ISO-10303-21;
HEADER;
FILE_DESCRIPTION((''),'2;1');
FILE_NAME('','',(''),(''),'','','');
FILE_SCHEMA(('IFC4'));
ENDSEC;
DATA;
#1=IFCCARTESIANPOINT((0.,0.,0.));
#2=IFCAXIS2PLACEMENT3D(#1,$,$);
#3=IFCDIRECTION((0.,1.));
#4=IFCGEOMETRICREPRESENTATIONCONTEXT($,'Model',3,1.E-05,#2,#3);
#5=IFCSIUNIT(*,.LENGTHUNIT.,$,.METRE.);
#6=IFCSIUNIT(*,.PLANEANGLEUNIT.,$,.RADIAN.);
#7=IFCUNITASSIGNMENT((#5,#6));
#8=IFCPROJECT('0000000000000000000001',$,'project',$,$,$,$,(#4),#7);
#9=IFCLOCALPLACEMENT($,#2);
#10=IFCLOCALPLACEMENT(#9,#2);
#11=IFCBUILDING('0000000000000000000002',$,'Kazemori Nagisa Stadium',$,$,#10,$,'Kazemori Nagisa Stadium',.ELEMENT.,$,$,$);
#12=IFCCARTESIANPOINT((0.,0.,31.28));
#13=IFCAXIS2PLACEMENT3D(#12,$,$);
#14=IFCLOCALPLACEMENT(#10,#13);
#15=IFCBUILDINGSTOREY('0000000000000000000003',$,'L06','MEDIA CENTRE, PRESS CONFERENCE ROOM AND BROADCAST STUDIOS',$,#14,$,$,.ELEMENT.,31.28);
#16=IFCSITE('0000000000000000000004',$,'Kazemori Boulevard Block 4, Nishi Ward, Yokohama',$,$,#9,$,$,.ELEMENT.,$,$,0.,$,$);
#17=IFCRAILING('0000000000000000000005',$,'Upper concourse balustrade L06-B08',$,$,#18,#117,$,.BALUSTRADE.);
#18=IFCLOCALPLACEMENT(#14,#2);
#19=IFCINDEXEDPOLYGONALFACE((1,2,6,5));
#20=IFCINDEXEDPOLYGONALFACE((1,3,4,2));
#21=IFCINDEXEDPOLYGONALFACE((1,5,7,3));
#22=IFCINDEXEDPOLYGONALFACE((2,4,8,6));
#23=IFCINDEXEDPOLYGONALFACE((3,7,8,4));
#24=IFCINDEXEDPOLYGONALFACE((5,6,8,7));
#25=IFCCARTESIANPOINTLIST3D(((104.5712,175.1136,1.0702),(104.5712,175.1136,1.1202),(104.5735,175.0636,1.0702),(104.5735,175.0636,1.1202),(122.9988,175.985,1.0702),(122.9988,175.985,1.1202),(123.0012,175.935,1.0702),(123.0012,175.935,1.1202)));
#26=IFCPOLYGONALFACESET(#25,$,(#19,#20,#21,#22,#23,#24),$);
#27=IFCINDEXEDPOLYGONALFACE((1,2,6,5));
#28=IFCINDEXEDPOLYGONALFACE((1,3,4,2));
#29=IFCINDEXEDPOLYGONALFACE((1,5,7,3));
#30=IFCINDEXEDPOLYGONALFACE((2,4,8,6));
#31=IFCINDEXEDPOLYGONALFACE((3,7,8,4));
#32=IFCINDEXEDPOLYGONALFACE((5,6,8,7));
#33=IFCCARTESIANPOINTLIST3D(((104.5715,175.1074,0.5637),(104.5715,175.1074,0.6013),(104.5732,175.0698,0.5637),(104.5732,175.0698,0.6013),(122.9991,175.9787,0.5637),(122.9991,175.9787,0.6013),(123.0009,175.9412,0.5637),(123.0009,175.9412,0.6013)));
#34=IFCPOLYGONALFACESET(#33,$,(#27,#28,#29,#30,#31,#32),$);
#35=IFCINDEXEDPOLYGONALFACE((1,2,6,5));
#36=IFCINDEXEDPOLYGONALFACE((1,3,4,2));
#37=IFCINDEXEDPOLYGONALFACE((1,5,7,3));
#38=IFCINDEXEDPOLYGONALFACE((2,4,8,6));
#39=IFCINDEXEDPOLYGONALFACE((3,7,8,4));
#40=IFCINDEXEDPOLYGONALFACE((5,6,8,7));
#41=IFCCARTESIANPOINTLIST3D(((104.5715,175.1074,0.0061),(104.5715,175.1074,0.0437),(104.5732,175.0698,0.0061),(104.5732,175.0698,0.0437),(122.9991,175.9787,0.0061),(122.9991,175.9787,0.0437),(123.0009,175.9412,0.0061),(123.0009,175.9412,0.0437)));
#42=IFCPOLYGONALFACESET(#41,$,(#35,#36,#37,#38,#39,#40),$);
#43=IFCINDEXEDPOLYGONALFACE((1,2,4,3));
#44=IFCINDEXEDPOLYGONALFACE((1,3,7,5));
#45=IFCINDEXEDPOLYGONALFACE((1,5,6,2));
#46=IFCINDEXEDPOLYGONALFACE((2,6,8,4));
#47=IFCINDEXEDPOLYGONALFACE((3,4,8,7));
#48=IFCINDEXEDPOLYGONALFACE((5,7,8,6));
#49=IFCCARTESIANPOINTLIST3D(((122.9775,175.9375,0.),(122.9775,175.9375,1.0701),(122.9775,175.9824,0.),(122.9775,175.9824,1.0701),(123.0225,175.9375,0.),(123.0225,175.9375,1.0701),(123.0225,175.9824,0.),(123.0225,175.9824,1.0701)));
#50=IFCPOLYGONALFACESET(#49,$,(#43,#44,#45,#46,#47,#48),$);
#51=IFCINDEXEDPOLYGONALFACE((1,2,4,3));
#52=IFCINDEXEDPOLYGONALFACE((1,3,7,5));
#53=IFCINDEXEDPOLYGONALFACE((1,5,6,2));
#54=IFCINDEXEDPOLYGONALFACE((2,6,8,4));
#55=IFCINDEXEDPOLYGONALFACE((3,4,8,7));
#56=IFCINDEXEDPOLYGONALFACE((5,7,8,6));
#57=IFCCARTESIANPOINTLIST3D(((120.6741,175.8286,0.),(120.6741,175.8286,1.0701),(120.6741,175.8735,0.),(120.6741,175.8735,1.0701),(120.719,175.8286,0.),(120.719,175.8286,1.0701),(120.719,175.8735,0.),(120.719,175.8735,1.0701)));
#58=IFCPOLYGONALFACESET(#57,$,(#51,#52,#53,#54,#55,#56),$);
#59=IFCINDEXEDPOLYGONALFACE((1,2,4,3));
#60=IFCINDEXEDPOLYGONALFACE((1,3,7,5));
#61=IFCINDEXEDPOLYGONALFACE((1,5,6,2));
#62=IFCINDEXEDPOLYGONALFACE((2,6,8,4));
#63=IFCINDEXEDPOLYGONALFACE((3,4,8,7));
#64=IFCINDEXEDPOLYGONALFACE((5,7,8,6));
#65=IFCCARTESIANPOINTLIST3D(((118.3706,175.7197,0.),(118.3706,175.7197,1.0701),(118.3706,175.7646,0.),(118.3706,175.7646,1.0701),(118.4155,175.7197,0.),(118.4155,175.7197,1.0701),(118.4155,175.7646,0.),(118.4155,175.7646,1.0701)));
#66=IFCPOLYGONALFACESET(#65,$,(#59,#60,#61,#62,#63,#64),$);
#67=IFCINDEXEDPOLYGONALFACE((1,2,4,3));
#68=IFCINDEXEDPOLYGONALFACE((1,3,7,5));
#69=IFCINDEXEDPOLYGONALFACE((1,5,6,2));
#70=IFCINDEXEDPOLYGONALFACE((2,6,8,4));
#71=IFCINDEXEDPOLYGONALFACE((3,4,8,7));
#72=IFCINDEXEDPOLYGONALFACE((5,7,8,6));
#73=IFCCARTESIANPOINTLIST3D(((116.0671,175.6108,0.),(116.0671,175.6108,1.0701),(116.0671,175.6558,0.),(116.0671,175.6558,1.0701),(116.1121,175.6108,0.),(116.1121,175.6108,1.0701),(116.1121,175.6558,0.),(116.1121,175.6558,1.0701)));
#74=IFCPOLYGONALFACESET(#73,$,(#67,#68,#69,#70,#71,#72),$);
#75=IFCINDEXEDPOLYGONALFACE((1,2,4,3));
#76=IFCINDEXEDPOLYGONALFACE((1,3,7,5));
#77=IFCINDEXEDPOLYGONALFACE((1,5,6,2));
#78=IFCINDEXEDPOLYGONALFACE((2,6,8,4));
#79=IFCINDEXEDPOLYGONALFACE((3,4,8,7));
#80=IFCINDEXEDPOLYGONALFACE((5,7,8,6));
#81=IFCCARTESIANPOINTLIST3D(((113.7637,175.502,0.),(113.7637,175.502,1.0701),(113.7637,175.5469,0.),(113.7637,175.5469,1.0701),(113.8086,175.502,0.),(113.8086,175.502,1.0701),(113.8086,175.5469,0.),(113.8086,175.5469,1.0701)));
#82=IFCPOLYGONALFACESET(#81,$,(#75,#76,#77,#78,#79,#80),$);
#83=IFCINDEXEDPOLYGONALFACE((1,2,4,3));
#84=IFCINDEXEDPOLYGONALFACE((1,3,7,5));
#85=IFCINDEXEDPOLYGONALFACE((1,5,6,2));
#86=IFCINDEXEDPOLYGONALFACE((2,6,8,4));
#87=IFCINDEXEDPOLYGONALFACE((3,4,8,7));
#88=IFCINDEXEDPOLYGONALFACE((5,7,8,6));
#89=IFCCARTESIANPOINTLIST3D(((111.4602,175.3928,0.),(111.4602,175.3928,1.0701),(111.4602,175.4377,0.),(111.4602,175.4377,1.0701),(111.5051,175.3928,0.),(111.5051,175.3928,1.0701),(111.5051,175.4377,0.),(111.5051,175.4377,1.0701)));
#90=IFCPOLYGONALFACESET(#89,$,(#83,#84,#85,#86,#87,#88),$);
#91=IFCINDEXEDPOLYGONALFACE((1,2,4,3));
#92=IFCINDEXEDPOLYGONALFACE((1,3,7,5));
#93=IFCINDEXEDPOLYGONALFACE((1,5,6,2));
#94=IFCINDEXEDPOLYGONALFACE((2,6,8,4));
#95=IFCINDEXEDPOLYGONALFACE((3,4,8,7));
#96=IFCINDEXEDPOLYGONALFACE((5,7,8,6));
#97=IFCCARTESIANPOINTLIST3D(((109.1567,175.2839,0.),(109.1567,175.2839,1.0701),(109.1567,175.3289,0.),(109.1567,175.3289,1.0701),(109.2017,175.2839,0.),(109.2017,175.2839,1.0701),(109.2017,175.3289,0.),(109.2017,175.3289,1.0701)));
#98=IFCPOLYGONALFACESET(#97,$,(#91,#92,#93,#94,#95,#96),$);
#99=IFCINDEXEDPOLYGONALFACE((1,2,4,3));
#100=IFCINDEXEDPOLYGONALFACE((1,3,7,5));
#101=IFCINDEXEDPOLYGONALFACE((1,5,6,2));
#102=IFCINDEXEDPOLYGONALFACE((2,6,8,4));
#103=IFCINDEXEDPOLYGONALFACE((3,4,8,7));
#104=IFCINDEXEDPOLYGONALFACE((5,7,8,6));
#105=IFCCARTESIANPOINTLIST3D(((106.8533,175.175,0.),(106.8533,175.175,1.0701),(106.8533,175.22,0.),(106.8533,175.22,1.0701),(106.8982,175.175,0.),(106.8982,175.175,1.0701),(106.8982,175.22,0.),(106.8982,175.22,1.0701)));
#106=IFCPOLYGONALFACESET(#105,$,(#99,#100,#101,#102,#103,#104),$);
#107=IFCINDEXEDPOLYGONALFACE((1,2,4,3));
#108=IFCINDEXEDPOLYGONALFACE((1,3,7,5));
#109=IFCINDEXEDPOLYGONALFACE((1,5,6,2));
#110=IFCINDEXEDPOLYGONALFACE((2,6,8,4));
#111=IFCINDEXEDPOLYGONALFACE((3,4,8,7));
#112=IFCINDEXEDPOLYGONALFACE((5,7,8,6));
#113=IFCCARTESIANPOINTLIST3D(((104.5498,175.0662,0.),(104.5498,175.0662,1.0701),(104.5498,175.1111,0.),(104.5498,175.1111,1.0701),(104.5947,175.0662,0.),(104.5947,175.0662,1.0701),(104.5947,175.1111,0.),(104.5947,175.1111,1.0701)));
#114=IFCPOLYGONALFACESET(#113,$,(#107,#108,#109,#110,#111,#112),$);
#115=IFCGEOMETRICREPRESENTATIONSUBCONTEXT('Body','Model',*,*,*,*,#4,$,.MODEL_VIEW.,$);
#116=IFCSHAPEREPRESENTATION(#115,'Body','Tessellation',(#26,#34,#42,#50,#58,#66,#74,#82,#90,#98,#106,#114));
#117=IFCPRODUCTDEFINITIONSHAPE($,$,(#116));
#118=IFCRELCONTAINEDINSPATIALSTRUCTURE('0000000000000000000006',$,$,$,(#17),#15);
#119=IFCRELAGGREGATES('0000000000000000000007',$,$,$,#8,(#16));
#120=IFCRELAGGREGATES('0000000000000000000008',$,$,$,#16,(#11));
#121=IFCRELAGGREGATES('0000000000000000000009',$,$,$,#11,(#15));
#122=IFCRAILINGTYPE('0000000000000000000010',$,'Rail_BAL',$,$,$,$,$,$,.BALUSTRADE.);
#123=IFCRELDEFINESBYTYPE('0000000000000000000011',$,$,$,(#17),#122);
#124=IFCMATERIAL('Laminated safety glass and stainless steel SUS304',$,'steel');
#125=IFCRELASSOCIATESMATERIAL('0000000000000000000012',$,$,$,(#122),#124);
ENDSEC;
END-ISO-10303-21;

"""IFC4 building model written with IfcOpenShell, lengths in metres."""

from ifc_helpers import new_model, si_unit, direction, frame, origin, origin_2d, place, context, subcontext, project, spatial, rectangle, extrude, material, type_object, element, save


model = new_model("IFC4")

# Units and contexts
model_context = context("Model", 3, precision=1e-05, world=origin(), true_north=direction((0.0, 1.0)))
body_context = subcontext(model_context, "Body", "Model", "MODEL_VIEW")
ifc_project = project(units=[si_unit("LENGTHUNIT", "METRE"), si_unit("PLANEANGLEUNIT", "RADIAN")], contexts=[model_context])

# Site, building, storey
site_placement = place(None, origin())
site = spatial("IfcSite", under=ifc_project, at=site_placement, Name="Kazemori Boulevard Block 4, Nishi Ward, Yokohama", CompositionType="ELEMENT", RefElevation=0.0)
building_placement = place(site_placement, origin())
building = spatial("IfcBuilding", under=site, at=building_placement, Name="Kazemori Nagisa Stadium", LongName="Kazemori Nagisa Stadium", CompositionType="ELEMENT")
storey_placement = place(building_placement, frame((0.0, 0.0, 31.28)))
storey = spatial("IfcBuildingStorey", under=building, at=storey_placement, Name="L06", Description="MEDIA CENTRE, PRESS CONFERENCE ROOM AND BROADCAST STUDIOS", CompositionType="ELEMENT", Elevation=31.28)

# Railing
ifc_material_1 = material(Name="Laminated safety glass and stainless steel SUS304", Category="steel")
railing_type_1 = type_object("IfcRailingType", Name="Rail_BAL", PredefinedType="BALUSTRADE", material=ifc_material_1)
railing_1_placement = place(storey_placement, frame((123.0, 175.96, 0.0)))
element("IfcRailing", 1, at=railing_1_placement, inside=storey, type_object=railing_type_1, Name="Upper concourse balustrade L06-B08", PredefinedType="BALUSTRADE", context=body_context, shape_type="SweptSolid", body=[
    extrude(rectangle(XDim=0.05, YDim=0.05, at=origin_2d()), frame((0.0, 0.0, 1.0952), z_axis=(-0.998884, -0.047231, 0.0), x_axis=(0.047231, -0.998884, 0.0)), (0.0, 0.0, 1.0), 18.4482),
    extrude(rectangle(XDim=0.0376, YDim=0.0376, at=origin_2d()), frame((0.0, 0.0, 0.5825), z_axis=(-0.998884, -0.047231, 0.0), x_axis=(0.047231, -0.998884, 0.0)), (0.0, 0.0, 1.0), 18.4482),
    extrude(rectangle(XDim=0.0376, YDim=0.0376, at=origin_2d()), frame((0.0, 0.0, 0.0249), z_axis=(-0.998884, -0.047231, 0.0), x_axis=(0.047231, -0.998884, 0.0)), (0.0, 0.0, 1.0), 18.4482),
    extrude(rectangle(XDim=0.0449, YDim=0.0449, at=origin_2d()), origin(), (0.0, 0.0, 1.0), 1.0701),
    extrude(rectangle(XDim=0.0449, YDim=0.0449, at=origin_2d()), frame((-2.3035, -0.1089, 0.0)), (0.0, 0.0, 1.0), 1.0701),
    extrude(rectangle(XDim=0.0449, YDim=0.0449, at=origin_2d()), frame((-4.6069, -0.2178, 0.0)), (0.0, 0.0, 1.0), 1.0701),
    extrude(rectangle(XDim=0.0449, YDim=0.0449, at=origin_2d()), frame((-6.9104, -0.3267, 0.0)), (0.0, 0.0, 1.0), 1.0701),
    extrude(rectangle(XDim=0.0449, YDim=0.0449, at=origin_2d()), frame((-9.2139, -0.4355, 0.0)), (0.0, 0.0, 1.0), 1.0701),
    extrude(rectangle(XDim=0.0449, YDim=0.0449, at=origin_2d()), frame((-11.5173, -0.5447, 0.0)), (0.0, 0.0, 1.0), 1.0701),
    extrude(rectangle(XDim=0.0449, YDim=0.0449, at=origin_2d()), frame((-13.8208, -0.6536, 0.0)), (0.0, 0.0, 1.0), 1.0701),
    extrude(rectangle(XDim=0.0449, YDim=0.0449, at=origin_2d()), frame((-16.1243, -0.7625, 0.0)), (0.0, 0.0, 1.0), 1.0701),
    extrude(rectangle(XDim=0.0449, YDim=0.0449, at=origin_2d()), frame((-18.4277, -0.8713, 0.0)), (0.0, 0.0, 1.0), 1.0701),
])

save(model, "model.ifc")
